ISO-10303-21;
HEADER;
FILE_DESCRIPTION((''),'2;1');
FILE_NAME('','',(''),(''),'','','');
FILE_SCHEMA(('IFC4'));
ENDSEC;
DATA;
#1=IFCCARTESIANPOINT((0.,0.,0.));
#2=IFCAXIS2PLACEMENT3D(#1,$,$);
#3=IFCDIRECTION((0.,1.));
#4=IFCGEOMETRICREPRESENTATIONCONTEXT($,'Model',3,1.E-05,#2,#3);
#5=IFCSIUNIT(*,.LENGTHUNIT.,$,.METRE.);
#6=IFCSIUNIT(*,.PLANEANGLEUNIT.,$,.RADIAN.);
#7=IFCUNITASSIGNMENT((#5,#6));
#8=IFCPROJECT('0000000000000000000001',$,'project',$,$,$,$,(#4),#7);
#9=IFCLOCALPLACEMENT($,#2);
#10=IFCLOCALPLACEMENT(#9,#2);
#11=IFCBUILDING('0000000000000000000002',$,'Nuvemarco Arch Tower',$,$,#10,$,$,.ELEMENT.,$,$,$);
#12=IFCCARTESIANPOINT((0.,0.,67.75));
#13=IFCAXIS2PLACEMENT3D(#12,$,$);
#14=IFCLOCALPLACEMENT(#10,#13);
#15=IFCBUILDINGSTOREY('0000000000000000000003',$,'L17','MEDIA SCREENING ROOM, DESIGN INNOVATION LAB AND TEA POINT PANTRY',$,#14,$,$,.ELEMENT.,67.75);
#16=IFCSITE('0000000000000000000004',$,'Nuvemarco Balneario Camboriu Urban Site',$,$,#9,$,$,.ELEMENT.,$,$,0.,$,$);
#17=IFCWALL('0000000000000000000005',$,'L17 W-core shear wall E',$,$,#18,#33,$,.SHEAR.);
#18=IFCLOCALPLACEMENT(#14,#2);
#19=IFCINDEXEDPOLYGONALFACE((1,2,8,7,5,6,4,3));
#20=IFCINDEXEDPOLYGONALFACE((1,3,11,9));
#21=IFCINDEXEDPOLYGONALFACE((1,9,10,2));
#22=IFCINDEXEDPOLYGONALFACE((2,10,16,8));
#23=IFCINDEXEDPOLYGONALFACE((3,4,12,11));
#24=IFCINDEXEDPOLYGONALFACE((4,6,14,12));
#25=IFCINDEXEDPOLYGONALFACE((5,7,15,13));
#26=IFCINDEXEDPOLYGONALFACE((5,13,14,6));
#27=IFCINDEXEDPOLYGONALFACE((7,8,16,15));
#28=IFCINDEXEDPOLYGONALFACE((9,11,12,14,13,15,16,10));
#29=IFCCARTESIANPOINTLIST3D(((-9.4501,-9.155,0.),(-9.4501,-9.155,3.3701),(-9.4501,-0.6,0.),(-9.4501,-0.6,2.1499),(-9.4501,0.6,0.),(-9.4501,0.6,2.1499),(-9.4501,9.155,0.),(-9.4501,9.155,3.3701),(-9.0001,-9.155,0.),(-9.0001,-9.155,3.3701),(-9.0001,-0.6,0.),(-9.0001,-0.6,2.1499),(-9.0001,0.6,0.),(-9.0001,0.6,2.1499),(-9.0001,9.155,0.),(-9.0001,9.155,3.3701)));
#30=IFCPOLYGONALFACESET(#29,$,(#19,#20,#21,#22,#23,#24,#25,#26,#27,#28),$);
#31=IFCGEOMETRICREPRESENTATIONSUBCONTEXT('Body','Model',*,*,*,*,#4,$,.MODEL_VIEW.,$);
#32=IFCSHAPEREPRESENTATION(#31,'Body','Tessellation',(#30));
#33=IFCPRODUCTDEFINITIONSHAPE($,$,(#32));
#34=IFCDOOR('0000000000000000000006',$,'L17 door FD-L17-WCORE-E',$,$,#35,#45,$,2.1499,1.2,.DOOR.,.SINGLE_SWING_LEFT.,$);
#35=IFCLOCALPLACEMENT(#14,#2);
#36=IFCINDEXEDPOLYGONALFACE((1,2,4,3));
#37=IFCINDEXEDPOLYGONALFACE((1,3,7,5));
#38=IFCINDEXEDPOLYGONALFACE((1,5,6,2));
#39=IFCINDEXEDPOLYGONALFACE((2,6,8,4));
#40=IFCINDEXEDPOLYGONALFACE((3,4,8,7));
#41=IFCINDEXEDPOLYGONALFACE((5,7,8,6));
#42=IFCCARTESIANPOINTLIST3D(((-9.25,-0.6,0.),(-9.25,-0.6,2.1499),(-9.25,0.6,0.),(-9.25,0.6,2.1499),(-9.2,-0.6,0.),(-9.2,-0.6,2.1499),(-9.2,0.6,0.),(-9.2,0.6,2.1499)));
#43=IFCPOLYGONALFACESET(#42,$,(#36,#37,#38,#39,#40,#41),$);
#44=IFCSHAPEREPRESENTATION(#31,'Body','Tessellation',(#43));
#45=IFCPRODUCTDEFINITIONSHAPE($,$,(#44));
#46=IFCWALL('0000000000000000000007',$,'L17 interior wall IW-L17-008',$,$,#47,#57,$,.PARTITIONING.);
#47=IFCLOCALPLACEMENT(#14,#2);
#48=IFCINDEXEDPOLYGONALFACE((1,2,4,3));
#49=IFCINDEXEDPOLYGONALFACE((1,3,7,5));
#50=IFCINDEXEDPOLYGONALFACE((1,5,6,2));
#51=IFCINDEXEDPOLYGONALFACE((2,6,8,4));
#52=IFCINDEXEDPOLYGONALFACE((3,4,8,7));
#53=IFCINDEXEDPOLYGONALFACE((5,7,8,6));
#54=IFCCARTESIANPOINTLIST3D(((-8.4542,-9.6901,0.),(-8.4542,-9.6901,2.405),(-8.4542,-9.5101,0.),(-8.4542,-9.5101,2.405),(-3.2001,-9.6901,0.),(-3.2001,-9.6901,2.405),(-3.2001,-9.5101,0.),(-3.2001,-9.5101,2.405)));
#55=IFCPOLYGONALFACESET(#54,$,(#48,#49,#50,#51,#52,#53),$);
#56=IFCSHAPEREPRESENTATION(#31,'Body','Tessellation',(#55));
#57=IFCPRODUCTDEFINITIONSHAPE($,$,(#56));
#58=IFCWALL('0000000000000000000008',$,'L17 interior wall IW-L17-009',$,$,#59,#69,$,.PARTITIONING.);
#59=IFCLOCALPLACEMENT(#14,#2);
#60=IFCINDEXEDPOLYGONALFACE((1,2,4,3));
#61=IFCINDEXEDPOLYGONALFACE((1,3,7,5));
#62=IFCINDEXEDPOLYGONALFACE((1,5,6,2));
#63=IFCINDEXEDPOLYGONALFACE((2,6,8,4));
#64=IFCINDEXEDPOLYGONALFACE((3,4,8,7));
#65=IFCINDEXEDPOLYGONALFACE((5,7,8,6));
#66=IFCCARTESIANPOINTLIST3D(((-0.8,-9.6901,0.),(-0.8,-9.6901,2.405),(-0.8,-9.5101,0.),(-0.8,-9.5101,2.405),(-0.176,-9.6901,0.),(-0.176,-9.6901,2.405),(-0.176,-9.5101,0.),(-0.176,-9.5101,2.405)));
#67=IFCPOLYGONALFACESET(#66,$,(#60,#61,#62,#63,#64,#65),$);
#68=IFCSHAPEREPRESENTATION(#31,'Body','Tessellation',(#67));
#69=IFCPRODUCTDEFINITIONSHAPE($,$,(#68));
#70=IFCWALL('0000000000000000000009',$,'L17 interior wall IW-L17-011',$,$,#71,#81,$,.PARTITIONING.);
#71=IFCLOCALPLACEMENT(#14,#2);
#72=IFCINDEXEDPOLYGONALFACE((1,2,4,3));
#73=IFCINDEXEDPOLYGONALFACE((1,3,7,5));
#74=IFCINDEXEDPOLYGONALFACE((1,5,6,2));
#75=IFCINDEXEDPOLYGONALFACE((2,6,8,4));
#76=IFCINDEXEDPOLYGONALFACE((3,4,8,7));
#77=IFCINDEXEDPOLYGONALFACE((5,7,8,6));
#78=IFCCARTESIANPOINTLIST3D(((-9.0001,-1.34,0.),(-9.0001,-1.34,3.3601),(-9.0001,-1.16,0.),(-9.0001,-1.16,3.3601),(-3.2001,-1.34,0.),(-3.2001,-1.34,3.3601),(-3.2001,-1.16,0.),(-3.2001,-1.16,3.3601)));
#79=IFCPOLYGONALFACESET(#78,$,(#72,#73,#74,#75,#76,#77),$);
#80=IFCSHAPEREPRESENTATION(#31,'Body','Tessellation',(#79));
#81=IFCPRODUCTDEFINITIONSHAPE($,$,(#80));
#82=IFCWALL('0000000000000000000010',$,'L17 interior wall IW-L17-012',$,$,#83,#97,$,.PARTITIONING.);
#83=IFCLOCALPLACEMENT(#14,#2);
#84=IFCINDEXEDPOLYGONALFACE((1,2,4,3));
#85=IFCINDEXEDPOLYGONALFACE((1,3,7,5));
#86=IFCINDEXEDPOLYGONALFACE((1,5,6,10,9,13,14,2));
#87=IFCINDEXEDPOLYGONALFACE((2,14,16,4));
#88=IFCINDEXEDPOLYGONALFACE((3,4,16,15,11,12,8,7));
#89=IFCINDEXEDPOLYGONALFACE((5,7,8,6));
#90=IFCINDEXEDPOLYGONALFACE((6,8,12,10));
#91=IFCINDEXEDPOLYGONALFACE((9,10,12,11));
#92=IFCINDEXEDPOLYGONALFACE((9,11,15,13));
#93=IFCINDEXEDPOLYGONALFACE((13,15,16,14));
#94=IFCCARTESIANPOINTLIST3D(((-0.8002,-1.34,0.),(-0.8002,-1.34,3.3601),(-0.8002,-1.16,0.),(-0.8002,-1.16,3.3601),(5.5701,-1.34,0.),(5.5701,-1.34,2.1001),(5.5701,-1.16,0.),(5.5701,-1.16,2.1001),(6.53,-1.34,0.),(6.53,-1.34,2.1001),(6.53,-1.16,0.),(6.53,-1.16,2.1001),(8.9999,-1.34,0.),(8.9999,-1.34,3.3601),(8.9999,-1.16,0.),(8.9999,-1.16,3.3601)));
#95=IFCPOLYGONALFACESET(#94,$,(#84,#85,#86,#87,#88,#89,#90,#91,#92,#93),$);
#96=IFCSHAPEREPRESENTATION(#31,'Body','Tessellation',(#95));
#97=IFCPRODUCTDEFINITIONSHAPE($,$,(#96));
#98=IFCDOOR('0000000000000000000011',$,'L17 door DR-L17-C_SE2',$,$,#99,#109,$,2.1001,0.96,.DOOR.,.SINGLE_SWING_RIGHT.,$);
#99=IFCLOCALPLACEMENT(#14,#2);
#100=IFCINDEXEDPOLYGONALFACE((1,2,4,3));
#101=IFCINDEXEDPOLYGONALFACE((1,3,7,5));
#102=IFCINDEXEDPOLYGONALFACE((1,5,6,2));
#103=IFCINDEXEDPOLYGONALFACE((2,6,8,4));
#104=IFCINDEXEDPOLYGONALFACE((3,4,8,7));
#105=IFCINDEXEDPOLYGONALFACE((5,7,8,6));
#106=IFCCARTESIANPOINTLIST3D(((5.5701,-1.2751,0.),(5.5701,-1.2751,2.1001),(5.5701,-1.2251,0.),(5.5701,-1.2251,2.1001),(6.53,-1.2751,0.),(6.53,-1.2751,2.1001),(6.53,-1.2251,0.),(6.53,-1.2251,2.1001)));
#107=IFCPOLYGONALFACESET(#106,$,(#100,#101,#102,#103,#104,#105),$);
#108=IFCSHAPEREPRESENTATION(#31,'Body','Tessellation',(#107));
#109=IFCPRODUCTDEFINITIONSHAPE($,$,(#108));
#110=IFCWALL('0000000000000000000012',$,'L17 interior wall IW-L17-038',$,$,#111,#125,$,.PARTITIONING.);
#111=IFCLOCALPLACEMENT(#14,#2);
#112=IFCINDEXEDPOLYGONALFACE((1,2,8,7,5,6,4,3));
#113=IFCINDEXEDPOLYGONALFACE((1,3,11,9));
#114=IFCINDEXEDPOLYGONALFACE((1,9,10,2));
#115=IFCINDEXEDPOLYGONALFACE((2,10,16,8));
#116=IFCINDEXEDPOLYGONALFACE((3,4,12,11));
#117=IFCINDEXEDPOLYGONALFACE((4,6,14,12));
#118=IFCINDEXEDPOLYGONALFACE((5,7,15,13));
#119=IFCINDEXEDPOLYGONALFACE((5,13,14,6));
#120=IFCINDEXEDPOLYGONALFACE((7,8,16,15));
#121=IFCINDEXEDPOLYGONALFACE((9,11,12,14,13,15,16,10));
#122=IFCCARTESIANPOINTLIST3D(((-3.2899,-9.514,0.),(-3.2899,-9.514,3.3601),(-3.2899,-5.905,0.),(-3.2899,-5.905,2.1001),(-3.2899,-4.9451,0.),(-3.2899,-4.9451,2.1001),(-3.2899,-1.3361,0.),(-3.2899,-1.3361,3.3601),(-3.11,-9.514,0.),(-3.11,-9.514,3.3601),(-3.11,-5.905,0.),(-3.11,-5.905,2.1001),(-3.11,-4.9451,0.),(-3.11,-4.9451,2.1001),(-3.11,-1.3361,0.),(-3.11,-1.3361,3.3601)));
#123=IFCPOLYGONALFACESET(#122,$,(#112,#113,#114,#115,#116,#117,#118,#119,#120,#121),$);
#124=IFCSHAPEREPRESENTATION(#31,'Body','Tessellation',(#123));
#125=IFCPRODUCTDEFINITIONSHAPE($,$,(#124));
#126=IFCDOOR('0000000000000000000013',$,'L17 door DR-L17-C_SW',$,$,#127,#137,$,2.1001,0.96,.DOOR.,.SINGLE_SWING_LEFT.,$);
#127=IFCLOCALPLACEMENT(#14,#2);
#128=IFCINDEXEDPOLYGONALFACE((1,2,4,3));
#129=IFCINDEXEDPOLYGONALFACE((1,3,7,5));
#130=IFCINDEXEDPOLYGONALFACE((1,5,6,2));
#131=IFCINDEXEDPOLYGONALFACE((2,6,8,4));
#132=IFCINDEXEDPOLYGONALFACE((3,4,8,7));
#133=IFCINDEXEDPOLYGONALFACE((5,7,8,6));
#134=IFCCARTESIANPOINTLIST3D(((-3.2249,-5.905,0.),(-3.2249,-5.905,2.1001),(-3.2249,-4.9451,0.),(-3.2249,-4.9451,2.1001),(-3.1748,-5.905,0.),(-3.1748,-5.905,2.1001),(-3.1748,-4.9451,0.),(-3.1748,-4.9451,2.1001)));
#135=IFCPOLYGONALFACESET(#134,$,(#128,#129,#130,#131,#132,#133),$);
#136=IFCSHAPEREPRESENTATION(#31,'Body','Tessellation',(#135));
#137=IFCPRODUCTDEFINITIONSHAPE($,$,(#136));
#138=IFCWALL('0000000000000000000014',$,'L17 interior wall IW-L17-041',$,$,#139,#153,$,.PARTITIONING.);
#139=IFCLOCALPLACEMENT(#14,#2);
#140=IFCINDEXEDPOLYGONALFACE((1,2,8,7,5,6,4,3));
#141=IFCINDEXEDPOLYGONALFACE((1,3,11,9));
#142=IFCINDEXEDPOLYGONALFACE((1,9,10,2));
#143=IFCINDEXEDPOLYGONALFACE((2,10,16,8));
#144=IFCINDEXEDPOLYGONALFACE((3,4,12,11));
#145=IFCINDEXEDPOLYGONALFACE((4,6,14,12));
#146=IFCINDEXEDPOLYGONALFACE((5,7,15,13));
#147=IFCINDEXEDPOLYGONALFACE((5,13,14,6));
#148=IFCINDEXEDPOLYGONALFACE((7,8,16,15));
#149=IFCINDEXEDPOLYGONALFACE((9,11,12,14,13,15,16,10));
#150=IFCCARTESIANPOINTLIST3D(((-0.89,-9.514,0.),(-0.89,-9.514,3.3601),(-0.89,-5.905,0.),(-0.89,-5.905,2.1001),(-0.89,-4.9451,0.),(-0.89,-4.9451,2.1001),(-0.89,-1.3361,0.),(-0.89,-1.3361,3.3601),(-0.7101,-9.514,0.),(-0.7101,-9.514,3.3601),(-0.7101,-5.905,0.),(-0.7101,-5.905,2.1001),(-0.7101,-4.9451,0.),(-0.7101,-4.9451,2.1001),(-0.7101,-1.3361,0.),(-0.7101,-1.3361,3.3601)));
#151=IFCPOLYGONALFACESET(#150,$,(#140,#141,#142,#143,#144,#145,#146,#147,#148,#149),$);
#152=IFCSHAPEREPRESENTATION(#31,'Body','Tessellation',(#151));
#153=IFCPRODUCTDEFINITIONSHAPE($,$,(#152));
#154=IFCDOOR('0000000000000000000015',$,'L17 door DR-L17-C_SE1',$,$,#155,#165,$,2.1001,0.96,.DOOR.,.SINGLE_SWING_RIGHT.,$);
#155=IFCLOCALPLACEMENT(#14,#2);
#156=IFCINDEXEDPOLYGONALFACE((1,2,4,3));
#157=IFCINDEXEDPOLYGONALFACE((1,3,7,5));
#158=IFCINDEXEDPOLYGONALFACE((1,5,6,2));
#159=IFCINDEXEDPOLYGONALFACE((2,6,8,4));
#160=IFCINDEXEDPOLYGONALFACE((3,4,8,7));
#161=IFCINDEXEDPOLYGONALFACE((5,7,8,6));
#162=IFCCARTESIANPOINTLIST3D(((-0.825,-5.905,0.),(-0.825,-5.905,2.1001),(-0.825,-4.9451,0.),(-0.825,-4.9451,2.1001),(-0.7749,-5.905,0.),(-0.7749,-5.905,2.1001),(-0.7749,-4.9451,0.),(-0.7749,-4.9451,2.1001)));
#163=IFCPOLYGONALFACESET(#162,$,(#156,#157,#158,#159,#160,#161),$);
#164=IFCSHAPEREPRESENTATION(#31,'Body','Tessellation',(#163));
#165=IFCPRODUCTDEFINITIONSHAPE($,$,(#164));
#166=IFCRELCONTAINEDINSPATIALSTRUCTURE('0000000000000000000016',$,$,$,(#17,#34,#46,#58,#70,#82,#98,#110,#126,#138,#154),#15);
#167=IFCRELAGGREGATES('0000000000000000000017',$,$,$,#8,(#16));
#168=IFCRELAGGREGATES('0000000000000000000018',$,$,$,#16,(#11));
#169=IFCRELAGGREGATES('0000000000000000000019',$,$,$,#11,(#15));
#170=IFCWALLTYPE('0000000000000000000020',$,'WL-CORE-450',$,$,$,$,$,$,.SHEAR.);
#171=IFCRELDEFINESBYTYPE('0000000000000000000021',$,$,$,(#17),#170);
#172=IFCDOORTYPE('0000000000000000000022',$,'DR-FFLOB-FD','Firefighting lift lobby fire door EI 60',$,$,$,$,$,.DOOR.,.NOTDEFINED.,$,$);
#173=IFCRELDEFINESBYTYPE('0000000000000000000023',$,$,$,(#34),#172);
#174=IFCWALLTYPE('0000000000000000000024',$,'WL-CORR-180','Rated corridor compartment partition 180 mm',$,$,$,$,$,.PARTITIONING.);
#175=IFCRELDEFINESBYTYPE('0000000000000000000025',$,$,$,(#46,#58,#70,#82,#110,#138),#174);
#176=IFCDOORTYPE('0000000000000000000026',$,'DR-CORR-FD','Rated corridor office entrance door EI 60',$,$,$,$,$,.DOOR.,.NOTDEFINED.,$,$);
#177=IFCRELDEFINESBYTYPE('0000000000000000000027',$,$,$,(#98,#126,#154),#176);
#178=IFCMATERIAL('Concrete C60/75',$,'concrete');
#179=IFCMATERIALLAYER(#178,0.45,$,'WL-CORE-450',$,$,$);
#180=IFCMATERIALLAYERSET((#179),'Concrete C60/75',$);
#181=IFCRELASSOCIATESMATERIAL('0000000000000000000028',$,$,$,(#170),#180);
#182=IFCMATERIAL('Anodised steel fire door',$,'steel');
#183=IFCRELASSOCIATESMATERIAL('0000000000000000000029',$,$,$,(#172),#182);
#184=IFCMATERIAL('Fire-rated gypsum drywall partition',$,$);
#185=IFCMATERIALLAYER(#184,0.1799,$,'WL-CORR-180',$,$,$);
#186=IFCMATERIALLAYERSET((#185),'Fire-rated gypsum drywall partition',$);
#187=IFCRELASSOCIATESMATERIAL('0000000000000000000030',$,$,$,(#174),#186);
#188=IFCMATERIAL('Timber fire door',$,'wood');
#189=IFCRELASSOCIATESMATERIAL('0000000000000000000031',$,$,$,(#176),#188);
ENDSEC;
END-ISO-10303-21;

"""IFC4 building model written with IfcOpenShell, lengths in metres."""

from ifc_helpers import new_model, si_unit, direction, frame, frame_2d, origin, place, context, subcontext, project, spatial, rectangle, extrude, source, transform, mapped, material, layer, layer_set, type_object, type_shapes, element, fill, save


model = new_model("IFC4")

# Units and contexts
model_context = context("Model", 3, precision=1e-05, world=origin(), true_north=direction((0.0, 1.0)))
body_context = subcontext(model_context, "Body", "Model", "MODEL_VIEW")
ifc_project = project(units=[si_unit("LENGTHUNIT", "METRE"), si_unit("PLANEANGLEUNIT", "RADIAN")], contexts=[model_context])

# Site, building, storey
site_placement = place(None, origin())
site = spatial("IfcSite", under=ifc_project, at=site_placement, Name="Nuvemarco Balneario Camboriu Urban Site", CompositionType="ELEMENT", RefElevation=0.0)
building_placement = place(site_placement, origin())
building = spatial("IfcBuilding", under=site, at=building_placement, Name="Nuvemarco Arch Tower", CompositionType="ELEMENT")
storey_placement = place(building_placement, frame((0.0, 0.0, 67.75)))
storey = spatial("IfcBuildingStorey", under=building, at=storey_placement, Name="L17", Description="MEDIA SCREENING ROOM, DESIGN INNOVATION LAB AND TEA POINT PANTRY", CompositionType="ELEMENT", Elevation=67.75)

# Shared definitions
ifc_material_1 = material(Name="Concrete C60/75", Category="concrete")

# Wall, opening, door
ifc_layer_1 = layer(ifc_material_1, 0.45, Name="WL-CORE-450")
ifc_layer_set_1 = layer_set([ifc_layer_1], Name="Concrete C60/75")
wall_type_1 = type_object("IfcWallType", Name="WL-CORE-450", PredefinedType="SHEAR", material=ifc_layer_set_1)
wall_1_placement = place(storey_placement, frame((-9.2251, -9.155, 0.0), z_axis=(0.0, 0.0, 1.0), x_axis=(0.0, 1.0, 0.0)))
wall_1 = element("IfcWall", 1, at=wall_1_placement, inside=storey, type_object=wall_type_1, Name="L17 W-core shear wall E", PredefinedType="SHEAR", context=body_context, shape_type="SweptSolid", body=[
    extrude(rectangle(XDim=18.3101, YDim=0.45, at=frame_2d((9.155, 0.0))), origin(), (0.0, 0.0, 1.0), 3.3701),
])
opening_1_placement = place(wall_1_placement, frame((8.5549, 0.0, 0.0)))
opening_1 = element("IfcOpeningElement", 2, at=opening_1_placement, cuts=wall_1, PredefinedType="OPENING", context=body_context, shape_type="SweptSolid", body=[
    extrude(rectangle(XDim=1.2, YDim=2.1499, at=frame_2d((0.6001, 1.075))), frame((0.0, 0.2349, 0.0), z_axis=(0.0, -1.0, 0.0), x_axis=(1.0, 0.0, 0.0)), (0.0, 0.0, 1.0), 0.47),
])
ifc_material_2 = material(Name="Anodised steel fire door", Category="steel")
door_type_1 = type_object("IfcDoorType", Name="DR-FFLOB-FD", Description="Firefighting lift lobby fire door EI 60", OperationType="NOTDEFINED", PredefinedType="DOOR", material=ifc_material_2)
shared_shape_1 = source(origin(), body_context, "Body", "SweptSolid", [
    extrude(rectangle(XDim=1.2, YDim=2.1499, at=frame_2d((0.6001, 1.075))), frame((0.0, 0.0249, 0.0), z_axis=(0.0, -1.0, 0.0), x_axis=(1.0, 0.0, 0.0)), (0.0, 0.0, 1.0), 0.05),
])
type_shapes(door_type_1, [shared_shape_1])
door_1_placement = place(opening_1_placement, origin())
door_1 = element("IfcDoor", 3, at=door_1_placement, inside=storey, type_object=door_type_1, Name="L17 door FD-L17-WCORE-E", OperationType="SINGLE_SWING_LEFT", OverallHeight=2.1499, OverallWidth=1.2, PredefinedType="DOOR", context=body_context, shape_type="MappedRepresentation", body=[
    mapped(shared_shape_1, transform((0.0, 0.0, 0.0), scale=1.0)),
])
fill(opening_1, door_1)

# Walls
ifc_material_3 = material(Name="Fire-rated gypsum drywall partition")
ifc_layer_2 = layer(ifc_material_3, 0.1799, Name="WL-CORR-180")
ifc_layer_set_2 = layer_set([ifc_layer_2], Name="Fire-rated gypsum drywall partition")
wall_type_2 = type_object("IfcWallType", Name="WL-CORR-180", Description="Rated corridor compartment partition 180 mm", PredefinedType="PARTITIONING", material=ifc_layer_set_2)
wall_2_placement = place(storey_placement, frame((-8.4541, -9.6001, 0.0), z_axis=(0.0, 0.0, 1.0), x_axis=(1.0, 0.0, 0.0)))
element("IfcWall", 4, at=wall_2_placement, inside=storey, type_object=wall_type_2, Name="L17 interior wall IW-L17-008", PredefinedType="PARTITIONING", context=body_context, shape_type="SweptSolid", body=[
    extrude(rectangle(XDim=5.2542, YDim=0.1799, at=frame_2d((2.627, 0.0))), origin(), (0.0, 0.0, 1.0), 2.405),
])
wall_3_placement = place(storey_placement, frame((-0.8, -9.6001, 0.0), z_axis=(0.0, 0.0, 1.0), x_axis=(1.0, 0.0, 0.0)))
element("IfcWall", 5, at=wall_3_placement, inside=storey, type_object=wall_type_2, Name="L17 interior wall IW-L17-009", PredefinedType="PARTITIONING", context=body_context, shape_type="SweptSolid", body=[
    extrude(rectangle(XDim=0.624, YDim=0.1799, at=frame_2d((0.312, 0.0))), origin(), (0.0, 0.0, 1.0), 2.405),
])
wall_4_placement = place(storey_placement, frame((-9.0, -1.25, 0.0), z_axis=(0.0, 0.0, 1.0), x_axis=(1.0, 0.0, 0.0)))
element("IfcWall", 6, at=wall_4_placement, inside=storey, type_object=wall_type_2, Name="L17 interior wall IW-L17-011", PredefinedType="PARTITIONING", context=body_context, shape_type="SweptSolid", body=[
    extrude(rectangle(XDim=5.8, YDim=0.1799, at=frame_2d((2.8999, 0.0))), origin(), (0.0, 0.0, 1.0), 3.3601),
])

# Walls, openings, doors
wall_5_placement = place(storey_placement, frame((-0.8, -1.25, 0.0), z_axis=(0.0, 0.0, 1.0), x_axis=(1.0, 0.0, 0.0)))
wall_5 = element("IfcWall", 7, at=wall_5_placement, inside=storey, type_object=wall_type_2, Name="L17 interior wall IW-L17-012", PredefinedType="PARTITIONING", context=body_context, shape_type="SweptSolid", body=[
    extrude(rectangle(XDim=9.8, YDim=0.1799, at=frame_2d((4.8999, 0.0))), origin(), (0.0, 0.0, 1.0), 3.3601),
])
opening_2_placement = place(wall_5_placement, frame((6.3701, 0.0, 0.0)))
opening_2 = element("IfcOpeningElement", 8, at=opening_2_placement, cuts=wall_5, PredefinedType="OPENING", context=body_context, shape_type="SweptSolid", body=[
    extrude(rectangle(XDim=0.96, YDim=2.1001, at=frame_2d((0.48, 1.05))), frame((0.0, 0.0999, 0.0), z_axis=(0.0, -1.0, 0.0), x_axis=(1.0, 0.0, 0.0)), (0.0, 0.0, 1.0), 0.2),
])
ifc_material_4 = material(Name="Timber fire door", Category="wood")
door_type_2 = type_object("IfcDoorType", Name="DR-CORR-FD", Description="Rated corridor office entrance door EI 60", OperationType="NOTDEFINED", PredefinedType="DOOR", material=ifc_material_4)
shared_shape_2 = source(origin(), body_context, "Body", "SweptSolid", [
    extrude(rectangle(XDim=0.96, YDim=2.1001, at=frame_2d((0.48, 1.05))), frame((0.0, 0.0249, 0.0), z_axis=(0.0, -1.0, 0.0), x_axis=(1.0, 0.0, 0.0)), (0.0, 0.0, 1.0), 0.05),
])
type_shapes(door_type_2, [shared_shape_2])
door_2_placement = place(opening_2_placement, origin())
door_2 = element("IfcDoor", 9, at=door_2_placement, inside=storey, type_object=door_type_2, Name="L17 door DR-L17-C_SE2", OperationType="SINGLE_SWING_RIGHT", OverallHeight=2.1001, OverallWidth=0.96, PredefinedType="DOOR", context=body_context, shape_type="MappedRepresentation", body=[
    mapped(shared_shape_2, transform((0.0, 0.0, 0.0), scale=1.0)),
])
fill(opening_2, door_2)
wall_6_placement = place(storey_placement, frame((-3.2, -9.5139, 0.0), z_axis=(0.0, 0.0, 1.0), x_axis=(0.0, 1.0, 0.0)))
wall_6 = element("IfcWall", 10, at=wall_6_placement, inside=storey, type_object=wall_type_2, Name="L17 interior wall IW-L17-038", PredefinedType="PARTITIONING", context=body_context, shape_type="SweptSolid", body=[
    extrude(rectangle(XDim=8.178, YDim=0.1799, at=frame_2d((4.0889, 0.0))), origin(), (0.0, 0.0, 1.0), 3.3601),
])
opening_3_placement = place(wall_6_placement, frame((3.6089, 0.0, 0.0)))
opening_3 = element("IfcOpeningElement", 11, at=opening_3_placement, cuts=wall_6, PredefinedType="OPENING", context=body_context, shape_type="SweptSolid", body=[
    extrude(rectangle(XDim=0.96, YDim=2.1001, at=frame_2d((0.48, 1.05))), frame((0.0, 0.0999, 0.0), z_axis=(0.0, -1.0, 0.0), x_axis=(1.0, 0.0, 0.0)), (0.0, 0.0, 1.0), 0.2),
])
door_3_placement = place(opening_3_placement, origin())
door_3 = element("IfcDoor", 12, at=door_3_placement, inside=storey, type_object=door_type_2, Name="L17 door DR-L17-C_SW", OperationType="SINGLE_SWING_LEFT", OverallHeight=2.1001, OverallWidth=0.96, PredefinedType="DOOR", context=body_context, shape_type="MappedRepresentation", body=[
    mapped(shared_shape_2, transform((0.0, 0.0, 0.0), scale=1.0)),
])
fill(opening_3, door_3)
wall_7_placement = place(storey_placement, frame((-0.8, -9.5139, 0.0), z_axis=(0.0, 0.0, 1.0), x_axis=(0.0, 1.0, 0.0)))
wall_7 = element("IfcWall", 13, at=wall_7_placement, inside=storey, type_object=wall_type_2, Name="L17 interior wall IW-L17-041", PredefinedType="PARTITIONING", context=body_context, shape_type="SweptSolid", body=[
    extrude(rectangle(XDim=8.178, YDim=0.1799, at=frame_2d((4.0889, 0.0))), origin(), (0.0, 0.0, 1.0), 3.3601),
])
opening_4_placement = place(wall_7_placement, frame((3.6089, 0.0, 0.0)))
opening_4 = element("IfcOpeningElement", 14, at=opening_4_placement, cuts=wall_7, PredefinedType="OPENING", context=body_context, shape_type="SweptSolid", body=[
    extrude(rectangle(XDim=0.96, YDim=2.1001, at=frame_2d((0.48, 1.05))), frame((0.0, 0.0999, 0.0), z_axis=(0.0, -1.0, 0.0), x_axis=(1.0, 0.0, 0.0)), (0.0, 0.0, 1.0), 0.2),
])
door_4_placement = place(opening_4_placement, origin())
door_4 = element("IfcDoor", 15, at=door_4_placement, inside=storey, type_object=door_type_2, Name="L17 door DR-L17-C_SE1", OperationType="SINGLE_SWING_RIGHT", OverallHeight=2.1001, OverallWidth=0.96, PredefinedType="DOOR", context=body_context, shape_type="MappedRepresentation", body=[
    mapped(shared_shape_2, transform((0.0, 0.0, 0.0), scale=1.0)),
])
fill(opening_4, door_4)

save(model, "model.ifc")
